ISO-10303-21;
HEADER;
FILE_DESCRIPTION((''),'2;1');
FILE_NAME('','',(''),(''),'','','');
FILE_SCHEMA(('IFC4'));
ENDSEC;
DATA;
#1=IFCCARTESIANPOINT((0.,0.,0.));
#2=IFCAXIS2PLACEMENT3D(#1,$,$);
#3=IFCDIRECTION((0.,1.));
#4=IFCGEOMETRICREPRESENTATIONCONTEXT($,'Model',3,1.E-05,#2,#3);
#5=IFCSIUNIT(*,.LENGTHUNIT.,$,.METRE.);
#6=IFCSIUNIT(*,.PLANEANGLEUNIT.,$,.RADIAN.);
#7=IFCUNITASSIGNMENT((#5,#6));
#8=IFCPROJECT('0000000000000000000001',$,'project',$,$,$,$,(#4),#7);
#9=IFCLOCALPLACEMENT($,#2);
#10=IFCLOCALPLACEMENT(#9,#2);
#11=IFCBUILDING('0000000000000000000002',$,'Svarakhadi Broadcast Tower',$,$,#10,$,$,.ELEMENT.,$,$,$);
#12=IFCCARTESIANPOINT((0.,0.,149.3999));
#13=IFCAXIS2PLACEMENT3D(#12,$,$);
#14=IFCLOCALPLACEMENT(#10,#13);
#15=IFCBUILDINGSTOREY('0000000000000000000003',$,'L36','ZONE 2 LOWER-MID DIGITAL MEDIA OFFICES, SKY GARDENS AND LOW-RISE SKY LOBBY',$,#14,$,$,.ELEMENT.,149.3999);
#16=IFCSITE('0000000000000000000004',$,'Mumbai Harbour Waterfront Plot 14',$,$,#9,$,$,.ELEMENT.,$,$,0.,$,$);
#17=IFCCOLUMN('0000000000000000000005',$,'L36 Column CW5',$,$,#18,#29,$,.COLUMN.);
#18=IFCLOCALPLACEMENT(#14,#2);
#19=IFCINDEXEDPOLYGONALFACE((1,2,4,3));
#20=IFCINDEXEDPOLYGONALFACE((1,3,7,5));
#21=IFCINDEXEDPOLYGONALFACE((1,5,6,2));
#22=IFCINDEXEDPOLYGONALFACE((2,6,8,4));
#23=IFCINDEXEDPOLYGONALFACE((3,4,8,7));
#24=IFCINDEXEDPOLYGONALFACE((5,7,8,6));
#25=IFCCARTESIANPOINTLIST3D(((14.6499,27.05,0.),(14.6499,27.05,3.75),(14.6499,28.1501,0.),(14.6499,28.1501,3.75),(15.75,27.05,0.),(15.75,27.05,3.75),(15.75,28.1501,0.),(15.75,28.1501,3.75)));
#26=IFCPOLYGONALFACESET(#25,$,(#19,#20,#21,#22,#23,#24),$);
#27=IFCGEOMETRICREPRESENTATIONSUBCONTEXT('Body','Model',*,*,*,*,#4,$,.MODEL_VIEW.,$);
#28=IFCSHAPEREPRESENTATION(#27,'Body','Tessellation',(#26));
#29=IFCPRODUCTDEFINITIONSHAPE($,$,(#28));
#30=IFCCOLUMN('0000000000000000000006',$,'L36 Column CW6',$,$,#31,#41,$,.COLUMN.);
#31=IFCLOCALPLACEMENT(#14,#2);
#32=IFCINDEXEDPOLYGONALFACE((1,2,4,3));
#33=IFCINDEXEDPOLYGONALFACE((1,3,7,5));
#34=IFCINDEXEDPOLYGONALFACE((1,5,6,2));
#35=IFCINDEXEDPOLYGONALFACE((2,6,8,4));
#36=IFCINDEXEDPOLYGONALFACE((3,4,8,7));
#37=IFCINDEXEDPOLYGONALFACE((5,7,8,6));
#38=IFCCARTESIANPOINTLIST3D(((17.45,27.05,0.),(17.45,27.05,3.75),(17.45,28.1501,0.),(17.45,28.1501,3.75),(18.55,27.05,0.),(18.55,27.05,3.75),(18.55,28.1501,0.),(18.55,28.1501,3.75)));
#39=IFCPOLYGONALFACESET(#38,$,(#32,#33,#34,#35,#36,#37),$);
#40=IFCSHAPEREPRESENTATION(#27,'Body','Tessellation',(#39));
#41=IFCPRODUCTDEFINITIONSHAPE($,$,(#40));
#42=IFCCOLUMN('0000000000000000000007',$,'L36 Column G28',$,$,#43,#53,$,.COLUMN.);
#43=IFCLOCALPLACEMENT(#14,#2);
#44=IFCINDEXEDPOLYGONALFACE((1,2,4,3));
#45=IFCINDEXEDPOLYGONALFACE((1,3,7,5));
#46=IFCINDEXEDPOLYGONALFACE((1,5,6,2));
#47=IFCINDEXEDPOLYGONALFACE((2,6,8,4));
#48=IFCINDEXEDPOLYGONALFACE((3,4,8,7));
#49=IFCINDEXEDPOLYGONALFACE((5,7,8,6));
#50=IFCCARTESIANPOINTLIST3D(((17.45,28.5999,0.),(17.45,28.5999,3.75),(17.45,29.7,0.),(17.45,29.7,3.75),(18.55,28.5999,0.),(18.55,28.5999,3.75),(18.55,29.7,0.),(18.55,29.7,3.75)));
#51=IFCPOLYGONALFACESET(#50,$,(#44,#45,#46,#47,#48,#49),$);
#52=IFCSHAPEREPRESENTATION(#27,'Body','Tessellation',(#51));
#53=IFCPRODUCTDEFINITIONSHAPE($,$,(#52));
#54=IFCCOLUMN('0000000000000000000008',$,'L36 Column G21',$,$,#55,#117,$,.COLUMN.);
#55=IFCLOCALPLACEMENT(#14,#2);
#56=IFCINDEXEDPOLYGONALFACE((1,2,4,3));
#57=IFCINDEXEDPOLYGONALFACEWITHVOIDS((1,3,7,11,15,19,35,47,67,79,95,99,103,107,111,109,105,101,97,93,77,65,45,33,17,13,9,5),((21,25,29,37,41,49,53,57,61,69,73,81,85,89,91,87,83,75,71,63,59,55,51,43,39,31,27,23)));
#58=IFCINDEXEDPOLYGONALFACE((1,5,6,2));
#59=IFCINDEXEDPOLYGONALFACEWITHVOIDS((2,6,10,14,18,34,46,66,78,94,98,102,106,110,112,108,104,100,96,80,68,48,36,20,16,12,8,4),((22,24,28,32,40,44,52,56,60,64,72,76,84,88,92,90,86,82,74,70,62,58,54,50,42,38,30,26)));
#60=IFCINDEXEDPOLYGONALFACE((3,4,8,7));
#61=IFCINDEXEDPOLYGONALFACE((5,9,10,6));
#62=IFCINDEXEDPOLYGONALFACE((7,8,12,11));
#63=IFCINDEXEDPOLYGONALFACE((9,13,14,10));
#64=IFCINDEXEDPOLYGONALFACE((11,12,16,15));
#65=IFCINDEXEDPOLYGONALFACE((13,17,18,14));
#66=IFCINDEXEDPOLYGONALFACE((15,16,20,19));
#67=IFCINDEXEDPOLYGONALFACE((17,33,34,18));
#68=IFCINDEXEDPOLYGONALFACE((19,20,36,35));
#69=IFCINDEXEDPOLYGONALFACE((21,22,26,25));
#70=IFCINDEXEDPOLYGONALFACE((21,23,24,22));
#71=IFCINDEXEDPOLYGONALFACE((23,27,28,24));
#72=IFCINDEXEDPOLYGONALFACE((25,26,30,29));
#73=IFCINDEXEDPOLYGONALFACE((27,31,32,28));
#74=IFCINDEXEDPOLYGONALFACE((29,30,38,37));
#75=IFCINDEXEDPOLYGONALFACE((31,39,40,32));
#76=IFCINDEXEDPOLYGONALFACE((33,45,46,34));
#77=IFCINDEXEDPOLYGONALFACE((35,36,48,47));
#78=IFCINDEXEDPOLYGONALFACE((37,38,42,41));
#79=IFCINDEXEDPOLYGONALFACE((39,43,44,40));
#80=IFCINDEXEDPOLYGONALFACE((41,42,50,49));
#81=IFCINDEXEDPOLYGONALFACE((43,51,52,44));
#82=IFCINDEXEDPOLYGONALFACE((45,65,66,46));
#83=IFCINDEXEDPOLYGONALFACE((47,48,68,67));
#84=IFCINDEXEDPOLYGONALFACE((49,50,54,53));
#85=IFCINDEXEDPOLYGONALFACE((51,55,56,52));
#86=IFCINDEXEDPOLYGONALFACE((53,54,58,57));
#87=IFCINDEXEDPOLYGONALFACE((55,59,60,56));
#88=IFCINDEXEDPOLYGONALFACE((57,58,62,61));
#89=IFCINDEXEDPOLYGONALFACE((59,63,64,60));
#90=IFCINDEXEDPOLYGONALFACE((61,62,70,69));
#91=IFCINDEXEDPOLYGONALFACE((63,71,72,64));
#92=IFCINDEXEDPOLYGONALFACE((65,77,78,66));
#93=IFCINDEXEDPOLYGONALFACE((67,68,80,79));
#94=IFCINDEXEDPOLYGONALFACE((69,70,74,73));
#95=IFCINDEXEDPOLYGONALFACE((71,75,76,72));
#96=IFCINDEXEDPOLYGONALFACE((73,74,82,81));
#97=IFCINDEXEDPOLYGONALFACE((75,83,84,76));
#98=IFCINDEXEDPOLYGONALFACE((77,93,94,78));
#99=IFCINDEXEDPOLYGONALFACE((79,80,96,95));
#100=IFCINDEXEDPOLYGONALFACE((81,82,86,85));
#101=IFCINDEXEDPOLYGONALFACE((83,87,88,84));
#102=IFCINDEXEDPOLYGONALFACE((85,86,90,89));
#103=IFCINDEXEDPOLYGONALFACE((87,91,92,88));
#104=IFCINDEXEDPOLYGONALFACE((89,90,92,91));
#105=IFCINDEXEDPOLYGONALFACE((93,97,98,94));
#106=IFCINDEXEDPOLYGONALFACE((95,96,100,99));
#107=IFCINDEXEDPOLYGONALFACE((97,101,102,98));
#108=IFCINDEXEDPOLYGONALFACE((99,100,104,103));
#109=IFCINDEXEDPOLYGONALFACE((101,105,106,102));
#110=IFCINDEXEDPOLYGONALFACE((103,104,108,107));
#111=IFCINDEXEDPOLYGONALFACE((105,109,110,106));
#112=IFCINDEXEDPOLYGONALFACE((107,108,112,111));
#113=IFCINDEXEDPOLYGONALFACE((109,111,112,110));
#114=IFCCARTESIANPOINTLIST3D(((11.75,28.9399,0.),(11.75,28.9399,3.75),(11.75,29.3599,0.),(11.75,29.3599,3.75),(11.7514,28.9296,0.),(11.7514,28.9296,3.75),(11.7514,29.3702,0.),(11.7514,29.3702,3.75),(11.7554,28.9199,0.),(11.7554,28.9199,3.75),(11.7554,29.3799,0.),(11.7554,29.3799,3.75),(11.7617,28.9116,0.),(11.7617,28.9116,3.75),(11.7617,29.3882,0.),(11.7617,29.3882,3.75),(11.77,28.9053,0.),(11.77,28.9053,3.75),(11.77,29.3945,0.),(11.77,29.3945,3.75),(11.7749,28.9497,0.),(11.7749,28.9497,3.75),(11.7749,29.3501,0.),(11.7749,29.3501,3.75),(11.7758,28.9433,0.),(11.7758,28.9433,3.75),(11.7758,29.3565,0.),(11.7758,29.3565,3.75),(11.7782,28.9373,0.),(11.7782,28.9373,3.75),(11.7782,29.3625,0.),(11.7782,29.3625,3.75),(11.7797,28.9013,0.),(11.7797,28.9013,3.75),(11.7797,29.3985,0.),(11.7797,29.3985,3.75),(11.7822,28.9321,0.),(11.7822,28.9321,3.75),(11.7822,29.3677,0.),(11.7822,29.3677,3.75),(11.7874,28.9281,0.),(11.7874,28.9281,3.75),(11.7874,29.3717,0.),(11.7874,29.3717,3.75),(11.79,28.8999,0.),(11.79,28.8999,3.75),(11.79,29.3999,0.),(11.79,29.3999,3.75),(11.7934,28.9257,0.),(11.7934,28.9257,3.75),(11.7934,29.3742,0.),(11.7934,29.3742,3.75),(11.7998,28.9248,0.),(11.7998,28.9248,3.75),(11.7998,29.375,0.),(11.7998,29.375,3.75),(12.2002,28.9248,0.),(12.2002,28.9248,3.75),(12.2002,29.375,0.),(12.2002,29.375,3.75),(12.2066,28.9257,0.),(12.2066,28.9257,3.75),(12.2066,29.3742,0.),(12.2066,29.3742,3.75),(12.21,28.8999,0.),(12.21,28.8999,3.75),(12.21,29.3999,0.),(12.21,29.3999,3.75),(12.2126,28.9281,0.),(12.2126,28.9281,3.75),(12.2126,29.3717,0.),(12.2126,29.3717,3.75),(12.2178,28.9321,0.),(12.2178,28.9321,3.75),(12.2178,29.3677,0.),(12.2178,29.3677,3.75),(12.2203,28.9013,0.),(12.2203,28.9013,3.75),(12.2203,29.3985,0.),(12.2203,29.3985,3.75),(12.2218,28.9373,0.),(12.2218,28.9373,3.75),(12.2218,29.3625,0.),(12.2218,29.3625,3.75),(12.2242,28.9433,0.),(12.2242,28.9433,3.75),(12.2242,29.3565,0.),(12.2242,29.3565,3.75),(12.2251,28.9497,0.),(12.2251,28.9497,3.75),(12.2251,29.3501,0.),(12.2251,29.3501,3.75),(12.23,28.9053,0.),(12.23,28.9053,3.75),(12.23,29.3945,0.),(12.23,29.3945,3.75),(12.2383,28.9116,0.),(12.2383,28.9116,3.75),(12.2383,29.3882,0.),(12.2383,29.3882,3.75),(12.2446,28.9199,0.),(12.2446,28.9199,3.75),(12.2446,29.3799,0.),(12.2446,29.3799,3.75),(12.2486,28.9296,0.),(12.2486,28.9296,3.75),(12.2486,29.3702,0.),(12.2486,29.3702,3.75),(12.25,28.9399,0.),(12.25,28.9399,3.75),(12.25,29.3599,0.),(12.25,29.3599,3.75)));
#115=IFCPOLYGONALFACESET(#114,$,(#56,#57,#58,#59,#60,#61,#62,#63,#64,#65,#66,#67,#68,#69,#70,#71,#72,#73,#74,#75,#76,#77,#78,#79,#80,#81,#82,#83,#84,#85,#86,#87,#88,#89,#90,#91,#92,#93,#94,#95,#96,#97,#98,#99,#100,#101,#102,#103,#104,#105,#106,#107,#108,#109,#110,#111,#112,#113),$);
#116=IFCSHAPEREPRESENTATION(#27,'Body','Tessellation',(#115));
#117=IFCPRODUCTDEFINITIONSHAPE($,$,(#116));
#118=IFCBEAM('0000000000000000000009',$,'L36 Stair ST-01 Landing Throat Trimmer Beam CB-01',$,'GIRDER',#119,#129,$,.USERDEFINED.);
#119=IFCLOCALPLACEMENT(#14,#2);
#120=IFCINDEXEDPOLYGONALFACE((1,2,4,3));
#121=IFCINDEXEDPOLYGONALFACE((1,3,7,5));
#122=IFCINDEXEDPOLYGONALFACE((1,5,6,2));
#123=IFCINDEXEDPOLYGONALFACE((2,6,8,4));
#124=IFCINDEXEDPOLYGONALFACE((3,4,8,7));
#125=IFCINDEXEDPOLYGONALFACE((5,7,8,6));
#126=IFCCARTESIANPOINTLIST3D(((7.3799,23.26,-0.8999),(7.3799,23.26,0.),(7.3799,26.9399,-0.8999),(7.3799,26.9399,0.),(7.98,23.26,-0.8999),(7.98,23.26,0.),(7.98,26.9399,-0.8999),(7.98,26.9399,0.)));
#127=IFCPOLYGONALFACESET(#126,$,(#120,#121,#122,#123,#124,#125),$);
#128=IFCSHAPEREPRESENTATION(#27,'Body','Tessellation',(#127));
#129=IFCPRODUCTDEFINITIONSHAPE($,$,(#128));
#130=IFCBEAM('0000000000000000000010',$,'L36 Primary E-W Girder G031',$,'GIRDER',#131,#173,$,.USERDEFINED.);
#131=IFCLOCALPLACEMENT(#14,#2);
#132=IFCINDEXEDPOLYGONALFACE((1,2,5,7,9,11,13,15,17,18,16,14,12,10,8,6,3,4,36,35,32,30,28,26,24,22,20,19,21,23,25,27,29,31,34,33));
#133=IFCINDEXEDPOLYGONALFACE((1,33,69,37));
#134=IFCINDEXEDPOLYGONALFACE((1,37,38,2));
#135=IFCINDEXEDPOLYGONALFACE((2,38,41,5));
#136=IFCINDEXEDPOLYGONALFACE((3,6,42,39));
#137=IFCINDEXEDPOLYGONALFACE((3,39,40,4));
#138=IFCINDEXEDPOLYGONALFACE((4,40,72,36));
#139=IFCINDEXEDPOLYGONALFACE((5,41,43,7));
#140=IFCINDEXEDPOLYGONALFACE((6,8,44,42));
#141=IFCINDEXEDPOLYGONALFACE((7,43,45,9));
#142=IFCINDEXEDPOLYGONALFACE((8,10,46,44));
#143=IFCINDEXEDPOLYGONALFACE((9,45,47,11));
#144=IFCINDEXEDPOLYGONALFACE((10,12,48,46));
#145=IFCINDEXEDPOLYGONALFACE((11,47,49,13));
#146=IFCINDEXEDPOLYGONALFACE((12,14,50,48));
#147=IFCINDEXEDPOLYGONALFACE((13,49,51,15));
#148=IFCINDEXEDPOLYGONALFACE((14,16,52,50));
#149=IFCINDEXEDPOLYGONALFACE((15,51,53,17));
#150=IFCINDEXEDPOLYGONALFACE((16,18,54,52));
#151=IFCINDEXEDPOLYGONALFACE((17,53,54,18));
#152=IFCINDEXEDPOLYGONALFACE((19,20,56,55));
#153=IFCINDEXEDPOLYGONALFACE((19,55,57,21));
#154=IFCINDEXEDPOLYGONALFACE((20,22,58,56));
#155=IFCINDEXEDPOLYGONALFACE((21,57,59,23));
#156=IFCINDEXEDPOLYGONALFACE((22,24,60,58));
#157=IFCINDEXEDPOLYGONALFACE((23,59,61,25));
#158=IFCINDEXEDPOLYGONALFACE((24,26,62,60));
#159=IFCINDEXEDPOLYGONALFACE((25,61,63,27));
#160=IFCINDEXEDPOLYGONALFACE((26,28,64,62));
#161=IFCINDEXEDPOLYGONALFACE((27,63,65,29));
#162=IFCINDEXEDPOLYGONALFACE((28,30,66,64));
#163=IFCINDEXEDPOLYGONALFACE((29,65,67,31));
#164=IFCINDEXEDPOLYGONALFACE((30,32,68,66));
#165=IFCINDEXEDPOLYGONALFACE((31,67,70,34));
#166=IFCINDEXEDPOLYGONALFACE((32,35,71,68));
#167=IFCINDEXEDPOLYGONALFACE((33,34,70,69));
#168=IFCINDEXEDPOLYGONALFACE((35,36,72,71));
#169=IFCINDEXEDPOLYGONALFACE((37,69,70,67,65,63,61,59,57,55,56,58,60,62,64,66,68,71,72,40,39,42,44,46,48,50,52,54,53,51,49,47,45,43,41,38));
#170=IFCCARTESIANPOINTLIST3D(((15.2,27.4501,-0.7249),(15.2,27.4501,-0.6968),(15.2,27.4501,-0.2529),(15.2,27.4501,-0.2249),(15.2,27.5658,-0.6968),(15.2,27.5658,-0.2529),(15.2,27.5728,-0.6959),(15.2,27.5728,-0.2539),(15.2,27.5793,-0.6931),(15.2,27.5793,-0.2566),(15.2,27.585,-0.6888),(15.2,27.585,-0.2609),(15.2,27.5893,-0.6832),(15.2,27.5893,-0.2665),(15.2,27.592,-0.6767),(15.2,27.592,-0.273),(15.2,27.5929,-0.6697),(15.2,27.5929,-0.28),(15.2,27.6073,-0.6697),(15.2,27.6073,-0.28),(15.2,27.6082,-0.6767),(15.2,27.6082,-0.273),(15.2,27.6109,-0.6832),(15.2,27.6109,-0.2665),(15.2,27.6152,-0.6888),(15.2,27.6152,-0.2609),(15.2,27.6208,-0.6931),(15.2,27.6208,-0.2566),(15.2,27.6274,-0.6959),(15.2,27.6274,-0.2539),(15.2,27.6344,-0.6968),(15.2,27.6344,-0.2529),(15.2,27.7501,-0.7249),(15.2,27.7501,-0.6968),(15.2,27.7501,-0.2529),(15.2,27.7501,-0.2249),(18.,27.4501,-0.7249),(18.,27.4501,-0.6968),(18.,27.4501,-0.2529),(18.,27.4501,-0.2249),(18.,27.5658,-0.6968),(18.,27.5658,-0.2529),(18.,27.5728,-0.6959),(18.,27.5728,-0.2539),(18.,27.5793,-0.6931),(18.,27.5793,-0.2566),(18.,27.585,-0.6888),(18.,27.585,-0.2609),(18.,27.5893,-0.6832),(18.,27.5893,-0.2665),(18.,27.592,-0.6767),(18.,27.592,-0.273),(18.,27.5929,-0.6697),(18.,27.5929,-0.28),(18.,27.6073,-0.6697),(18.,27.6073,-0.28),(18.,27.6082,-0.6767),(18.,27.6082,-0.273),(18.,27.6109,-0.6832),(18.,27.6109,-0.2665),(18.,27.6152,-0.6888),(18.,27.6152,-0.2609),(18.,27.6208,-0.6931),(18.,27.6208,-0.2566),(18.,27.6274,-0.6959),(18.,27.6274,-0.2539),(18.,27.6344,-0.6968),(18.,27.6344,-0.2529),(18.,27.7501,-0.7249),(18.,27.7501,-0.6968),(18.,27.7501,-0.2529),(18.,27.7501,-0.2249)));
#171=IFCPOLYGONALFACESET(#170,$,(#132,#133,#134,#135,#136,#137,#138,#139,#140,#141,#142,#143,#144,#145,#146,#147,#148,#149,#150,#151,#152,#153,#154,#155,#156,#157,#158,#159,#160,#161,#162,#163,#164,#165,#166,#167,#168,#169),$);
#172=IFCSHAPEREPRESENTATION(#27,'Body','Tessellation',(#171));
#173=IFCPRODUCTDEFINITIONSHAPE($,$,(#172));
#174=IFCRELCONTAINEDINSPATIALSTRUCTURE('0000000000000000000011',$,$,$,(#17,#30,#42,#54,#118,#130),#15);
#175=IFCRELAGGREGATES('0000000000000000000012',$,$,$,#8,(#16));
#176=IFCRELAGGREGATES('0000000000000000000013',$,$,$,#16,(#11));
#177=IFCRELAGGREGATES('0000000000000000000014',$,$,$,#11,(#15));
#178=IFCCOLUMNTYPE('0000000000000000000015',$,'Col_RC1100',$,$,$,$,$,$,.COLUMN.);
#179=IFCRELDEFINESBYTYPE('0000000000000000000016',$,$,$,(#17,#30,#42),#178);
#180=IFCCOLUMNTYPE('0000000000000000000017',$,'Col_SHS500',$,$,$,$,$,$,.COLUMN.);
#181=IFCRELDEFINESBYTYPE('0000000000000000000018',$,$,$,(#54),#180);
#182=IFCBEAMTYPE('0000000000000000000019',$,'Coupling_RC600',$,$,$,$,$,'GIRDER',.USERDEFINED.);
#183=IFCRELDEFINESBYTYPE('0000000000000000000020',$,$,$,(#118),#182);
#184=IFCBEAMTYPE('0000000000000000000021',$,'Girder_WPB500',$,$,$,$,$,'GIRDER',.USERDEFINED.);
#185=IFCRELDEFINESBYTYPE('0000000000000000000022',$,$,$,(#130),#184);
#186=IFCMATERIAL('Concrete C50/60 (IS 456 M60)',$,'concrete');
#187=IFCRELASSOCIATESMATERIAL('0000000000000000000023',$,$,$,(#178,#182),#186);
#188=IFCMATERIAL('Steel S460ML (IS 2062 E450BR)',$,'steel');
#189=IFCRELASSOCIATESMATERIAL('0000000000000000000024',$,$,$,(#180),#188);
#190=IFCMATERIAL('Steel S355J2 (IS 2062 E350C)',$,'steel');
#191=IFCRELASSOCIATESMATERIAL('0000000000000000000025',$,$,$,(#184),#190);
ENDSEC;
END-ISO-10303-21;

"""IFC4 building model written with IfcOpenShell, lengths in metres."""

from ifc_helpers import new_model, si_unit, direction, frame, origin, origin_2d, place, context, subcontext, project, spatial, rectangle, hollow_rectangle, i_section, extrude, material, material_profile, profile_set, type_object, element, save


model = new_model("IFC4")

# Units and contexts
model_context = context("Model", 3, precision=1e-05, world=origin(), true_north=direction((0.0, 1.0)))
body_context = subcontext(model_context, "Body", "Model", "MODEL_VIEW")
ifc_project = project(units=[si_unit("LENGTHUNIT", "METRE"), si_unit("PLANEANGLEUNIT", "RADIAN")], contexts=[model_context])

# Site, building, storey
site_placement = place(None, origin())
site = spatial("IfcSite", under=ifc_project, at=site_placement, Name="Mumbai Harbour Waterfront Plot 14", CompositionType="ELEMENT", RefElevation=0.0)
building_placement = place(site_placement, origin())
building = spatial("IfcBuilding", under=site, at=building_placement, Name="Svarakhadi Broadcast Tower", CompositionType="ELEMENT")
storey_placement = place(building_placement, frame((0.0, 0.0, 149.3999)))
storey = spatial("IfcBuildingStorey", under=building, at=storey_placement, Name="L36", Description="ZONE 2 LOWER-MID DIGITAL MEDIA OFFICES, SKY GARDENS AND LOW-RISE SKY LOBBY", CompositionType="ELEMENT", Elevation=149.3999)

# Columns
ifc_material_1 = material(Name="Concrete C50/60 (IS 456 M60)", Category="concrete")
ifc_material_profile_1 = material_profile(ifc_material_1, rectangle(XDim=1.1001, YDim=1.1001, at=origin_2d()), Name="RC 1100x1100")
ifc_profile_set_1 = profile_set([ifc_material_profile_1], Name="Concrete C50/60 (IS 456 M60)")
column_type_1 = type_object("IfcColumnType", Name="Col_RC1100", PredefinedType="COLUMN", material=ifc_profile_set_1)
for number, where, z_axis, x_axis, name in (
    (1, (15.2, 27.6001, 0.0), (0.0, 0.0, 1.0), (1.0, 0.0, 0.0), "L36 Column CW5"),
    (2, (18.0, 27.6001, 0.0), (0.0, 0.0, 1.0), (1.0, 0.0, 0.0), "L36 Column CW6"),
    (3, (18.0, 29.1499, 0.0), (0.0, 0.0, 1.0), (1.0, 0.0, 0.0), "L36 Column G28"),
):
    element("IfcColumn", number, at=place(storey_placement, frame(where, z_axis=z_axis, x_axis=x_axis)), inside=storey, type_object=column_type_1, Name=name, PredefinedType="COLUMN", context=body_context, shape_type="SweptSolid", body=[
        extrude(rectangle(XDim=1.1001, YDim=1.1001, at=origin_2d()), origin(), (0.0, 0.0, 1.0), 3.75),
    ])
ifc_material_2 = material(Name="Steel S460ML (IS 2062 E450BR)", Category="steel")
ifc_material_profile_2 = material_profile(ifc_material_2, hollow_rectangle(XDim=0.5, YDim=0.5, WallThickness=0.0249, InnerFilletRadius=0.0249, OuterFilletRadius=0.04, at=origin_2d()), Name="SHS 500x500x25")
ifc_profile_set_2 = profile_set([ifc_material_profile_2], Name="Steel S460ML (IS 2062 E450BR)")
column_type_2 = type_object("IfcColumnType", Name="Col_SHS500", PredefinedType="COLUMN", material=ifc_profile_set_2)
column_placement = place(storey_placement, frame((12.0, 29.1499, 0.0), z_axis=(0.0, 0.0, 1.0), x_axis=(1.0, 0.0, 0.0)))
element("IfcColumn", 4, at=column_placement, inside=storey, type_object=column_type_2, Name="L36 Column G21", PredefinedType="COLUMN", context=body_context, shape_type="SweptSolid", body=[
    extrude(hollow_rectangle(XDim=0.5, YDim=0.5, WallThickness=0.0249, InnerFilletRadius=0.0249, OuterFilletRadius=0.04, at=origin_2d()), origin(), (0.0, 0.0, 1.0), 3.75),
])

# Beams
ifc_material_profile_3 = material_profile(ifc_material_1, rectangle(XDim=0.6001, YDim=0.8999, at=origin_2d()), Name="RC 600x900")
ifc_profile_set_3 = profile_set([ifc_material_profile_3], Name="Concrete C50/60 (IS 456 M60)")
beam_type_1 = type_object("IfcBeamType", Name="Coupling_RC600", ElementType="GIRDER", PredefinedType="USERDEFINED", material=ifc_profile_set_3)
beam_1_placement = place(storey_placement, frame((7.6799, 23.26, -0.45), z_axis=(0.0, 1.0, 0.0), x_axis=(-1.0, 0.0, 0.0)))
element("IfcBeam", 5, at=beam_1_placement, inside=storey, type_object=beam_type_1, Name="L36 Stair ST-01 Landing Throat Trimmer Beam CB-01", ObjectType="GIRDER", PredefinedType="USERDEFINED", context=body_context, shape_type="SweptSolid", body=[
    extrude(rectangle(XDim=0.6001, YDim=0.8999, at=origin_2d()), origin(), (0.0, 0.0, 1.0), 3.6799),
])
ifc_material_3 = material(Name="Steel S355J2 (IS 2062 E350C)", Category="steel")
ifc_material_profile_4 = material_profile(ifc_material_3, i_section(OverallWidth=0.3, OverallDepth=0.5, WebThickness=0.0144, FlangeThickness=0.0281, FilletRadius=0.0271, at=origin_2d()), Name="WPB 500x300x187")
ifc_profile_set_4 = profile_set([ifc_material_profile_4], Name="Steel S355J2 (IS 2062 E350C)")
beam_type_2 = type_object("IfcBeamType", Name="Girder_WPB500", ElementType="GIRDER", PredefinedType="USERDEFINED", material=ifc_profile_set_4)
beam_2_placement = place(storey_placement, frame((15.2, 27.6001, -0.4749), z_axis=(1.0, 0.0, 0.0), x_axis=(0.0, 1.0, 0.0)))
element("IfcBeam", 6, at=beam_2_placement, inside=storey, type_object=beam_type_2, Name="L36 Primary E-W Girder G031", ObjectType="GIRDER", PredefinedType="USERDEFINED", context=body_context, shape_type="SweptSolid", body=[
    extrude(i_section(OverallWidth=0.3, OverallDepth=0.5, WebThickness=0.0144, FlangeThickness=0.0281, FilletRadius=0.0271, at=origin_2d()), origin(), (0.0, 0.0, 1.0), 2.8),
])

save(model, "model.ifc")
